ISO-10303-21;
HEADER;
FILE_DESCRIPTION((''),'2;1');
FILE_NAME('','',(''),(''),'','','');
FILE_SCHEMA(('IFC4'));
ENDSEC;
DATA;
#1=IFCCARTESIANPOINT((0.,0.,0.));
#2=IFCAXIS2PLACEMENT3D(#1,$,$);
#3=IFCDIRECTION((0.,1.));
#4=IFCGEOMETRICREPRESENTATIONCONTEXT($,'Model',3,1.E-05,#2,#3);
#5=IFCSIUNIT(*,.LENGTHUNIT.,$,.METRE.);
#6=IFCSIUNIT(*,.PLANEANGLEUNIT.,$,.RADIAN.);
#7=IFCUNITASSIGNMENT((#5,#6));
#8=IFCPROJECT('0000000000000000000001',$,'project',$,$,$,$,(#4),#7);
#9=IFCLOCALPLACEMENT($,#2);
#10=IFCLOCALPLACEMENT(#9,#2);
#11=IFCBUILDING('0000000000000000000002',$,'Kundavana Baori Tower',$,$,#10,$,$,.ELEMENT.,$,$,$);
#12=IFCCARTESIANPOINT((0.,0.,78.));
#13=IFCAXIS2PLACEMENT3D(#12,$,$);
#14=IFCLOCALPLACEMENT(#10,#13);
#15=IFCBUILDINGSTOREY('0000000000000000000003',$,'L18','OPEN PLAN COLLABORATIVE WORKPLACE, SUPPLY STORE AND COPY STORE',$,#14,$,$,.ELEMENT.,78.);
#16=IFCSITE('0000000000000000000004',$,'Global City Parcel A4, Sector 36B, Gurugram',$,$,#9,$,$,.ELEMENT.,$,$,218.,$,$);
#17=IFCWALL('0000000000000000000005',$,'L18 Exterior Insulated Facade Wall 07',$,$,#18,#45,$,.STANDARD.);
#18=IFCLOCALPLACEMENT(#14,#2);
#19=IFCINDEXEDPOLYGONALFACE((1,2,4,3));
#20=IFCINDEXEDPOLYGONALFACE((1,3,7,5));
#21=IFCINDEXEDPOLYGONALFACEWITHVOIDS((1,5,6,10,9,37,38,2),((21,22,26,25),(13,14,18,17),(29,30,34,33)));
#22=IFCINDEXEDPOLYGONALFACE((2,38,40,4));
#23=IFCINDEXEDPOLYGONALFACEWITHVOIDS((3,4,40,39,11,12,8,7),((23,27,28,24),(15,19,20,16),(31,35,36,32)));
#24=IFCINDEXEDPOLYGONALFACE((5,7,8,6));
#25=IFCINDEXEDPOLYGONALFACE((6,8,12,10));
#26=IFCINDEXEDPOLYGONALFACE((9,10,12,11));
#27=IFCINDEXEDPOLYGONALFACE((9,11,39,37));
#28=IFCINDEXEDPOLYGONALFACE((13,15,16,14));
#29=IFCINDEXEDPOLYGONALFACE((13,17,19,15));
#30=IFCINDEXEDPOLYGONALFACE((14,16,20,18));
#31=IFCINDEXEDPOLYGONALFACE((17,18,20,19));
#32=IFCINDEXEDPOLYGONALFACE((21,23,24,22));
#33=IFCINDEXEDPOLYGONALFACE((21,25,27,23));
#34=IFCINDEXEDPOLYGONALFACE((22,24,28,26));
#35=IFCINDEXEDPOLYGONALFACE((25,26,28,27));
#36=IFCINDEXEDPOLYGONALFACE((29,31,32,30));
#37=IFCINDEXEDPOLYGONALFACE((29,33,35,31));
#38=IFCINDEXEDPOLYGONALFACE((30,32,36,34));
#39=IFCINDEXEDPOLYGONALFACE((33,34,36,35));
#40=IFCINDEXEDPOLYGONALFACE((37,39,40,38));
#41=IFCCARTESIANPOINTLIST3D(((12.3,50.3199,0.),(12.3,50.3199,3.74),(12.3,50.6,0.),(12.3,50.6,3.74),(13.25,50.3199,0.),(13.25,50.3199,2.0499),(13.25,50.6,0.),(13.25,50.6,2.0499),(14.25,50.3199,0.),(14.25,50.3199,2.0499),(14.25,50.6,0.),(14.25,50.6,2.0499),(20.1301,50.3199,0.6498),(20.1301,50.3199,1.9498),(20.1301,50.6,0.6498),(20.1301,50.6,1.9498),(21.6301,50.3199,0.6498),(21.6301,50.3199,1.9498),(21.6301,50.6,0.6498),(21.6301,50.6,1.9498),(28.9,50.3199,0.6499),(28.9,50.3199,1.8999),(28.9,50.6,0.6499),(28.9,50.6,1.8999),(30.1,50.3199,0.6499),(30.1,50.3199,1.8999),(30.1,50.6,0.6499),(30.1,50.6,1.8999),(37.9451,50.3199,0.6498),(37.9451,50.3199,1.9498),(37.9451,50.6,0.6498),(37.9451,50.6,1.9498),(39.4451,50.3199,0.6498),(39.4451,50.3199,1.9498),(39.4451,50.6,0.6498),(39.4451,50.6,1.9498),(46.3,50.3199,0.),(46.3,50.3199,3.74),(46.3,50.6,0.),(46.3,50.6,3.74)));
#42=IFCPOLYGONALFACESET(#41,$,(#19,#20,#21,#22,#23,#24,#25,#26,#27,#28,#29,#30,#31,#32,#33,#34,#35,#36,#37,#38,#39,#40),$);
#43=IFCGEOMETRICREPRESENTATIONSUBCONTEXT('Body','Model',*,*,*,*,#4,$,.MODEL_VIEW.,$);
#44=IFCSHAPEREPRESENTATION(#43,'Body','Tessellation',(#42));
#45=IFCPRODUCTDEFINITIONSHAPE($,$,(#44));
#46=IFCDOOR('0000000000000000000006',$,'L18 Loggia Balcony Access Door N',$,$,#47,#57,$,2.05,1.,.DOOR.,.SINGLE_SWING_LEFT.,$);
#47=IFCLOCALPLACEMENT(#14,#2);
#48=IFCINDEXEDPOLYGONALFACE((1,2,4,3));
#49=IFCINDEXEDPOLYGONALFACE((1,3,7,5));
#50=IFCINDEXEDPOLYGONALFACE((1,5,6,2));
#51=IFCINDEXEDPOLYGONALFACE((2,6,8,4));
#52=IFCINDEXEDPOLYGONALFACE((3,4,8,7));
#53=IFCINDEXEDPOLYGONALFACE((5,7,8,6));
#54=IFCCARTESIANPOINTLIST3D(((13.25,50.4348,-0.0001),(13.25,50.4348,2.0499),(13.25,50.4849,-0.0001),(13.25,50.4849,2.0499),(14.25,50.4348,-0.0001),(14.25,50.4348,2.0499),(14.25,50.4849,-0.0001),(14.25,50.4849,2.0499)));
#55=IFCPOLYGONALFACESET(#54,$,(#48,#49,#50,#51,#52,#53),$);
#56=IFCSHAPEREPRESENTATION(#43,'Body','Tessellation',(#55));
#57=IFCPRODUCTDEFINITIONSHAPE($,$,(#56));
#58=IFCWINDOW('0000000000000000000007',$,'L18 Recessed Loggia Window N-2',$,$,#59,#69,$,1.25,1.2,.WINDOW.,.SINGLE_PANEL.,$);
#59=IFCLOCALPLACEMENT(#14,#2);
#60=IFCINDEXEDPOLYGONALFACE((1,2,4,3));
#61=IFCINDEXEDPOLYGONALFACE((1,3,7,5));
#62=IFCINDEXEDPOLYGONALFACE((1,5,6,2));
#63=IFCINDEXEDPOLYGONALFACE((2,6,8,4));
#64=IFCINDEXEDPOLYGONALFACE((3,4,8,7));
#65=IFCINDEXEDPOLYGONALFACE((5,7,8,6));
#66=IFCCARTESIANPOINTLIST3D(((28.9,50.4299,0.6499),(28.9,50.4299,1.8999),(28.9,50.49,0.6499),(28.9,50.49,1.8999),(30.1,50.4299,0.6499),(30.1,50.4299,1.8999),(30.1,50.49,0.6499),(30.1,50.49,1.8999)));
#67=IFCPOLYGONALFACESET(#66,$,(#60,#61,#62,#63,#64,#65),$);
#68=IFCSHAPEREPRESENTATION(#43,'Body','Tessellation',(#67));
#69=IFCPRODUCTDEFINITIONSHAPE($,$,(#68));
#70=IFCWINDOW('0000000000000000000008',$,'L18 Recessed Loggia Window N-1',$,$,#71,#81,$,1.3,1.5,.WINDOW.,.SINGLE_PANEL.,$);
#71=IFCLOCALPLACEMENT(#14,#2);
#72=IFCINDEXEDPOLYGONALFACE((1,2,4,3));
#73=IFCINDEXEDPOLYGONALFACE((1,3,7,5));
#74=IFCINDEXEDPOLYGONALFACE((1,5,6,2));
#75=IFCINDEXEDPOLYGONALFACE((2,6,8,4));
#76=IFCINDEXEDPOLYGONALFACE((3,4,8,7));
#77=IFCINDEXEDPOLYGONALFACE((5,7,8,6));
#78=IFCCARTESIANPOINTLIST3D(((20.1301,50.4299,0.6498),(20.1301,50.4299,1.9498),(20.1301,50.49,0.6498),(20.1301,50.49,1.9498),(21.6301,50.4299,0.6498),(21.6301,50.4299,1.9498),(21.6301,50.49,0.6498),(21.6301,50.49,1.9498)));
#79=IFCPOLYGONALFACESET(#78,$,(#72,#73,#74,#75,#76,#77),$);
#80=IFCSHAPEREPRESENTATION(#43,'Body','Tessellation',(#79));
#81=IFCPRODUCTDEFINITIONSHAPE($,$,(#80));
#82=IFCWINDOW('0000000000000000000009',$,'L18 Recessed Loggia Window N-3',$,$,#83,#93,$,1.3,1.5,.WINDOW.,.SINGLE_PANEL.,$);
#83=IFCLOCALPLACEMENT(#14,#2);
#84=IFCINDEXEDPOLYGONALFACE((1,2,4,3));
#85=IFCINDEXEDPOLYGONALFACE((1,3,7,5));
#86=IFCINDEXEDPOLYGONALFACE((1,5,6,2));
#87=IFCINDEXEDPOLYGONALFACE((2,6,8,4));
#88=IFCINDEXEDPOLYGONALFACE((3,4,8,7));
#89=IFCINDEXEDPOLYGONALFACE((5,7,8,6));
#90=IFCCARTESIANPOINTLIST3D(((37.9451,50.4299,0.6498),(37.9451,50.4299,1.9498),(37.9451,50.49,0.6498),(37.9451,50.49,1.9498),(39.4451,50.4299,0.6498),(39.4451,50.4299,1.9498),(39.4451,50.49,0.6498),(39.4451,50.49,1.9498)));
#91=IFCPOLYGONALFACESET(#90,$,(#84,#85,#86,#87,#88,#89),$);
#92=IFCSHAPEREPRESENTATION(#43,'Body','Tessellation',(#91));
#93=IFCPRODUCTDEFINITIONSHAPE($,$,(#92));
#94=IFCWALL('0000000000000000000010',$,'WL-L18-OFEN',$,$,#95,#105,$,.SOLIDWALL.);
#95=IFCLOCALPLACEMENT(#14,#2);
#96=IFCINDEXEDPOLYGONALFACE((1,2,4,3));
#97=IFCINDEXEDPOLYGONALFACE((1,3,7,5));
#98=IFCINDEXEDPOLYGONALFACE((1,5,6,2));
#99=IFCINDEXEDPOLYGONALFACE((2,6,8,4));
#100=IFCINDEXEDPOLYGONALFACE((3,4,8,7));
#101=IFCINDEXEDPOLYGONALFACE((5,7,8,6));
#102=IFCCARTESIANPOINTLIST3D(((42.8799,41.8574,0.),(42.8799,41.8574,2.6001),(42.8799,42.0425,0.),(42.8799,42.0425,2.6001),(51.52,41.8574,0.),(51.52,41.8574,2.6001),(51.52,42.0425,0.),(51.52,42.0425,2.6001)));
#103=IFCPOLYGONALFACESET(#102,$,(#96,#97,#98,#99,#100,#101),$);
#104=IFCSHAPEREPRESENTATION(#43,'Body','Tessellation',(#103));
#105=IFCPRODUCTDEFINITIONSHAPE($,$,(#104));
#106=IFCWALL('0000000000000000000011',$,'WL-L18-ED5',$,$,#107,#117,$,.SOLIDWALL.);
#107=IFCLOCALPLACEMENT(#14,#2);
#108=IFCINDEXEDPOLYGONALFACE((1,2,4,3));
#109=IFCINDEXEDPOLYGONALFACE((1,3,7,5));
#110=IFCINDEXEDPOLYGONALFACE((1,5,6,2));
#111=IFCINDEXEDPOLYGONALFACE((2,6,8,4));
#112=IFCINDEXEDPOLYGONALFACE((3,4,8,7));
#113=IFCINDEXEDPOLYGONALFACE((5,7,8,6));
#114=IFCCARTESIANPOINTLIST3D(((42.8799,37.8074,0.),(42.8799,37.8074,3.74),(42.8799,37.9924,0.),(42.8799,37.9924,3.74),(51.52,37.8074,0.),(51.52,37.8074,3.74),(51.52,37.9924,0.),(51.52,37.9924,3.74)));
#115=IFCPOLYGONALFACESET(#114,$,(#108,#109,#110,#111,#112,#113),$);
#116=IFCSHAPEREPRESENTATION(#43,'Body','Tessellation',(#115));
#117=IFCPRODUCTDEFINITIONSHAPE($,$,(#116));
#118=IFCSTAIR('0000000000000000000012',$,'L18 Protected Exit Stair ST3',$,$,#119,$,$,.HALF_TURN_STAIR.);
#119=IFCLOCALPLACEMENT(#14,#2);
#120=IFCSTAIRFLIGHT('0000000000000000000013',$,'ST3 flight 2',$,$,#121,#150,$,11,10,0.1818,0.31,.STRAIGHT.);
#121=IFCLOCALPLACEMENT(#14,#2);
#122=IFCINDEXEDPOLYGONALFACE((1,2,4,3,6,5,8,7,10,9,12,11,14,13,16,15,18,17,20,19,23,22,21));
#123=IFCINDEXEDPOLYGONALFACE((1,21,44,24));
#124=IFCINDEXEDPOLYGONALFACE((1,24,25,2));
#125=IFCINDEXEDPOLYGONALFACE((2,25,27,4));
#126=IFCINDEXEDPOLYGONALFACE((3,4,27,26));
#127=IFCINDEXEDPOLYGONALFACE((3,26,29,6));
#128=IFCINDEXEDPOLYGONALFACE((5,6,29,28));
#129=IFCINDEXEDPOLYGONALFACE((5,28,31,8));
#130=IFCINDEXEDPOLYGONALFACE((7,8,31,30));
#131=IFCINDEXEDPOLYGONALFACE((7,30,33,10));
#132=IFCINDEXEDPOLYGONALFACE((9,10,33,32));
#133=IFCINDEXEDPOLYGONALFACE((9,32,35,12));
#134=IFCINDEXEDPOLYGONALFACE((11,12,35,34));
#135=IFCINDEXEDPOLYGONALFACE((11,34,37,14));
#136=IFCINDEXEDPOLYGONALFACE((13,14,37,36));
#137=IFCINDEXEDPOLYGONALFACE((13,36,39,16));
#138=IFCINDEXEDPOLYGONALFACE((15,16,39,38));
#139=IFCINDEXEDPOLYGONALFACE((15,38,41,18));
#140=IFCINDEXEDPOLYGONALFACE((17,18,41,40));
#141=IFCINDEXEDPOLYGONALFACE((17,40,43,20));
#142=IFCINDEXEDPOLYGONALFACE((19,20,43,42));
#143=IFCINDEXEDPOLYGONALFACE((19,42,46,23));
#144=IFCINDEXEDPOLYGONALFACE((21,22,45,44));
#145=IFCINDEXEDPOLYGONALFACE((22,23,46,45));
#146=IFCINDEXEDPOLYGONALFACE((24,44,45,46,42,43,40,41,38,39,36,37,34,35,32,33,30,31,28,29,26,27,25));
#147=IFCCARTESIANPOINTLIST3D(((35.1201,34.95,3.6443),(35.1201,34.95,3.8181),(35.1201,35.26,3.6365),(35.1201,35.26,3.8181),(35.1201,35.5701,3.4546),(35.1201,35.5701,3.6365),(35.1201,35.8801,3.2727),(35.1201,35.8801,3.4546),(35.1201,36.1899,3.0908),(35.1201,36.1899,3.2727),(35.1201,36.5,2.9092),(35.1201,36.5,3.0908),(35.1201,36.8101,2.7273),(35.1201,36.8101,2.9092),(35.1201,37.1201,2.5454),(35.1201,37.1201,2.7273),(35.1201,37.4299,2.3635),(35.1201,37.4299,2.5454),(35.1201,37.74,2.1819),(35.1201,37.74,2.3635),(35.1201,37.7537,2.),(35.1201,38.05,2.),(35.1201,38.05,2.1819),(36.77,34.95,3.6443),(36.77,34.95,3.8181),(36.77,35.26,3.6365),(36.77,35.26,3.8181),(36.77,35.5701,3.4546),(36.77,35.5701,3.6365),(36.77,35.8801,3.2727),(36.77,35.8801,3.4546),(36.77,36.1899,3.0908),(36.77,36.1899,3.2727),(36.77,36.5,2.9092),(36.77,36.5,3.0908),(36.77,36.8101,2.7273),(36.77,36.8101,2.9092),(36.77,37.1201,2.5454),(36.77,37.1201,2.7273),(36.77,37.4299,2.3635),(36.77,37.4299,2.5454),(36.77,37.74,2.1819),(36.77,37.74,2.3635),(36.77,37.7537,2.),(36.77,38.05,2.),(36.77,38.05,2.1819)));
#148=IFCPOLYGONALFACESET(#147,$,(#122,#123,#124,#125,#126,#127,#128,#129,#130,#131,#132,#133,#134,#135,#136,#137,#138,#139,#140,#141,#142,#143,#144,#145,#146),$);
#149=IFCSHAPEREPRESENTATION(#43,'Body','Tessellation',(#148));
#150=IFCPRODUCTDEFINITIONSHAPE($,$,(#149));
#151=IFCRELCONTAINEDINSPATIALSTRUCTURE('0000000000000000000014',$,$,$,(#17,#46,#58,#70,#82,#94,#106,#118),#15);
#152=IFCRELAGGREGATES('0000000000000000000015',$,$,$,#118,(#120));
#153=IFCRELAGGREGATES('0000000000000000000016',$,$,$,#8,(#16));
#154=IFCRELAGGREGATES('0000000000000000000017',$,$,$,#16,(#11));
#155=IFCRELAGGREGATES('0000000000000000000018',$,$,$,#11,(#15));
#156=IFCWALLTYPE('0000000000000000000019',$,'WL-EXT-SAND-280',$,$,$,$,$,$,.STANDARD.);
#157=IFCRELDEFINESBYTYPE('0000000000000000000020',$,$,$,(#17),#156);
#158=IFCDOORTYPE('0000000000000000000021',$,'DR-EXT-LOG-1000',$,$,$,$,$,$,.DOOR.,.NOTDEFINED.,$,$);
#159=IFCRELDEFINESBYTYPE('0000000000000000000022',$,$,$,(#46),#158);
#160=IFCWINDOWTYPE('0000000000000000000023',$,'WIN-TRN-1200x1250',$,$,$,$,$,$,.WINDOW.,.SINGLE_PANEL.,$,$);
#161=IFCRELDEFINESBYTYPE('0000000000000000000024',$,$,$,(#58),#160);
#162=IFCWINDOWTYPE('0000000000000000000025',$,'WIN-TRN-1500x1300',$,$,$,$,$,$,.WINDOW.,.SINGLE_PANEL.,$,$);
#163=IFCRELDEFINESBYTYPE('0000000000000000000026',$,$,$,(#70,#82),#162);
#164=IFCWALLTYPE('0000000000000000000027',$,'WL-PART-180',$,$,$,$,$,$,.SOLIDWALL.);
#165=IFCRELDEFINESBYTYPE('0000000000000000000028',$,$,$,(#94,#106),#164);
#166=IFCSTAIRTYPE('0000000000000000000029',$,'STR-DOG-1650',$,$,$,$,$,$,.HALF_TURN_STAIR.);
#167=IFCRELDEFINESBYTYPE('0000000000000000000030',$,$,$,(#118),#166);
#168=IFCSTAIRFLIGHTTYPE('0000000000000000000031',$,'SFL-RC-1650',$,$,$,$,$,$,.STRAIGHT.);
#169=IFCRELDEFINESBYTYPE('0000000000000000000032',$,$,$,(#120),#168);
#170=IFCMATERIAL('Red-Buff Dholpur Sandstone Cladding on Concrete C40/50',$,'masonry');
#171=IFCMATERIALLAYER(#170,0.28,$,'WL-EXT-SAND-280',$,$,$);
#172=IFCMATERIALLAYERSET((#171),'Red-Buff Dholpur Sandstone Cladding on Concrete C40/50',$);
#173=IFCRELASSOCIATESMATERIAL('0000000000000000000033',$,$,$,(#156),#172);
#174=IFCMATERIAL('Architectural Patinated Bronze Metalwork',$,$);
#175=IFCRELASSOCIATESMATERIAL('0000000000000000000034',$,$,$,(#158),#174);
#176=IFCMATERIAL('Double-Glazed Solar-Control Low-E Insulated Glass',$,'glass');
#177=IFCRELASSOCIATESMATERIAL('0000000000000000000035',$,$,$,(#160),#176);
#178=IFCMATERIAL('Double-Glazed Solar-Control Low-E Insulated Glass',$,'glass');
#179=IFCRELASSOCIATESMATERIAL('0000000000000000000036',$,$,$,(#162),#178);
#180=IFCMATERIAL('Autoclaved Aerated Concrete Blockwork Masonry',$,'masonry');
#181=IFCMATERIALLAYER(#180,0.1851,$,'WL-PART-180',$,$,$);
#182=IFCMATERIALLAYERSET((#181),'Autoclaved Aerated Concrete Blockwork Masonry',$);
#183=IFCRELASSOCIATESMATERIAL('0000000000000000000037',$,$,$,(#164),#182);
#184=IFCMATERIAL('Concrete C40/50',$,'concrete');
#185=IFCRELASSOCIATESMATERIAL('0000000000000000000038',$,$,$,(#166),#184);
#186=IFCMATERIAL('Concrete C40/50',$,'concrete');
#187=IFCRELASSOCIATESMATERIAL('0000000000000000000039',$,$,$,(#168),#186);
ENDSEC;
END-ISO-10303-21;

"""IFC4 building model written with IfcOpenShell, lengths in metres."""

from ifc_helpers import new_model, si_unit, direction, frame, frame_2d, origin, place, context, subcontext, project, spatial, polyline, rectangle, outline, extrude, material, layer, layer_set, type_object, element, fill, aggregate, save


model = new_model("IFC4")

# Units and contexts
model_context = context("Model", 3, precision=1e-05, world=origin(), true_north=direction((0.0, 1.0)))
body_context = subcontext(model_context, "Body", "Model", "MODEL_VIEW")
ifc_project = project(units=[si_unit("LENGTHUNIT", "METRE"), si_unit("PLANEANGLEUNIT", "RADIAN")], contexts=[model_context])

# Site, building, storey
site_placement = place(None, origin())
site = spatial("IfcSite", under=ifc_project, at=site_placement, Name="Global City Parcel A4, Sector 36B, Gurugram", CompositionType="ELEMENT", RefElevation=218.0)
building_placement = place(site_placement, origin())
building = spatial("IfcBuilding", under=site, at=building_placement, Name="Kundavana Baori Tower", CompositionType="ELEMENT")
storey_placement = place(building_placement, frame((0.0, 0.0, 78.0)))
storey = spatial("IfcBuildingStorey", under=building, at=storey_placement, Name="L18", Description="OPEN PLAN COLLABORATIVE WORKPLACE, SUPPLY STORE AND COPY STORE", CompositionType="ELEMENT", Elevation=78.0)

# Shared definitions
ifc_material_1 = material(Name="Red-Buff Dholpur Sandstone Cladding on Concrete C40/50", Category="masonry")
ifc_layer_1 = layer(ifc_material_1, 0.28, Name="WL-EXT-SAND-280")
ifc_layer_set_1 = layer_set([ifc_layer_1], Name="Red-Buff Dholpur Sandstone Cladding on Concrete C40/50")
wall_type_1 = type_object("IfcWallType", Name="WL-EXT-SAND-280", PredefinedType="STANDARD", material=ifc_layer_set_1)

# Wall, openings, door, windows
wall_1_placement = place(storey_placement, frame((46.3, 50.46, 0.0), z_axis=(0.0, 0.0, 1.0), x_axis=(-1.0, 0.0, 0.0)))
wall_1 = element("IfcWall", 1, at=wall_1_placement, inside=storey, type_object=wall_type_1, Name="L18 Exterior Insulated Facade Wall 07", PredefinedType="STANDARD", context=body_context, shape_type="SweptSolid", body=[
    extrude(rectangle(XDim=34.0, YDim=0.28, at=frame_2d((17.0, 0.0))), origin(), (0.0, 0.0, 1.0), 3.74),
])
opening_1_placement = place(wall_1_placement, frame((32.05, 0.0, 0.0)))
opening_1 = element("IfcOpeningElement", 2, at=opening_1_placement, cuts=wall_1, PredefinedType="OPENING", context=body_context, shape_type="SweptSolid", body=[
    extrude(rectangle(XDim=1.0, YDim=2.05, at=frame_2d((0.5, 1.0249))), frame((0.0, 0.1499, 0.0), z_axis=(0.0, -1.0, 0.0), x_axis=(1.0, 0.0, 0.0)), (0.0, 0.0, 1.0), 0.3),
])
opening_2_placement = place(wall_1_placement, frame((24.6699, 0.0, 0.6499)))
opening_2 = element("IfcOpeningElement", 3, at=opening_2_placement, cuts=wall_1, PredefinedType="OPENING", context=body_context, shape_type="SweptSolid", body=[
    extrude(rectangle(XDim=1.5, YDim=1.3, at=frame_2d((0.75, 0.6499))), frame((0.0, 0.1499, 0.0), z_axis=(0.0, -1.0, 0.0), x_axis=(1.0, 0.0, 0.0)), (0.0, 0.0, 1.0), 0.3),
])
opening_3_placement = place(wall_1_placement, frame((16.2, 0.0, 0.6499)))
opening_3 = element("IfcOpeningElement", 4, at=opening_3_placement, cuts=wall_1, PredefinedType="OPENING", context=body_context, shape_type="SweptSolid", body=[
    extrude(rectangle(XDim=1.2, YDim=1.25, at=frame_2d((0.6001, 0.625))), frame((0.0, 0.1499, 0.0), z_axis=(0.0, -1.0, 0.0), x_axis=(1.0, 0.0, 0.0)), (0.0, 0.0, 1.0), 0.3),
])
opening_4_placement = place(wall_1_placement, frame((6.855, 0.0, 0.6499)))
opening_4 = element("IfcOpeningElement", 5, at=opening_4_placement, cuts=wall_1, PredefinedType="OPENING", context=body_context, shape_type="SweptSolid", body=[
    extrude(rectangle(XDim=1.5, YDim=1.3, at=frame_2d((0.75, 0.6499))), frame((0.0, 0.1499, 0.0), z_axis=(0.0, -1.0, 0.0), x_axis=(1.0, 0.0, 0.0)), (0.0, 0.0, 1.0), 0.3),
])
ifc_material_2 = material(Name="Architectural Patinated Bronze Metalwork")
door_type = type_object("IfcDoorType", Name="DR-EXT-LOG-1000", OperationType="NOTDEFINED", PredefinedType="DOOR", material=ifc_material_2)
door_placement = place(opening_1_placement, frame((1.0, 0.0, 0.0), z_axis=(0.0, 0.0, 1.0), x_axis=(-1.0, 0.0, 0.0)))
door = element("IfcDoor", 6, at=door_placement, inside=storey, type_object=door_type, Name="L18 Loggia Balcony Access Door N", OperationType="SINGLE_SWING_LEFT", OverallHeight=2.05, OverallWidth=1.0, PredefinedType="DOOR", context=body_context, shape_type="SweptSolid", body=[
    extrude(rectangle(XDim=1.0, YDim=2.05, at=frame_2d((0.5, 1.0249))), frame((0.0, 0.0249, 0.0), z_axis=(0.0, -1.0, 0.0), x_axis=(1.0, 0.0, 0.0)), (0.0, 0.0, 1.0), 0.05),
])
fill(opening_1, door)
ifc_material_3 = material(Name="Double-Glazed Solar-Control Low-E Insulated Glass", Category="glass")
window_type_1 = type_object("IfcWindowType", Name="WIN-TRN-1200x1250", PartitioningType="SINGLE_PANEL", PredefinedType="WINDOW", material=ifc_material_3)
window_1_placement = place(opening_3_placement, origin())
window_1 = element("IfcWindow", 7, at=window_1_placement, inside=storey, type_object=window_type_1, Name="L18 Recessed Loggia Window N-2", OverallHeight=1.25, OverallWidth=1.2, PartitioningType="SINGLE_PANEL", PredefinedType="WINDOW", context=body_context, shape_type="SweptSolid", body=[
    extrude(rectangle(XDim=1.2, YDim=1.25, at=frame_2d((0.6001, 0.625))), frame((0.0, 0.03, 0.0), z_axis=(0.0, -1.0, 0.0), x_axis=(1.0, 0.0, 0.0)), (0.0, 0.0, 1.0), 0.0601),
])
fill(opening_3, window_1)
ifc_material_4 = material(Name="Double-Glazed Solar-Control Low-E Insulated Glass", Category="glass")
window_type_2 = type_object("IfcWindowType", Name="WIN-TRN-1500x1300", PartitioningType="SINGLE_PANEL", PredefinedType="WINDOW", material=ifc_material_4)
window_2_placement = place(opening_2_placement, origin())
window_2 = element("IfcWindow", 8, at=window_2_placement, inside=storey, type_object=window_type_2, Name="L18 Recessed Loggia Window N-1", OverallHeight=1.3, OverallWidth=1.5, PartitioningType="SINGLE_PANEL", PredefinedType="WINDOW", context=body_context, shape_type="SweptSolid", body=[
    extrude(rectangle(XDim=1.5, YDim=1.3, at=frame_2d((0.75, 0.6499))), frame((0.0, 0.03, 0.0), z_axis=(0.0, -1.0, 0.0), x_axis=(1.0, 0.0, 0.0)), (0.0, 0.0, 1.0), 0.0601),
])
fill(opening_2, window_2)
window_3_placement = place(opening_4_placement, origin())
window_3 = element("IfcWindow", 9, at=window_3_placement, inside=storey, type_object=window_type_2, Name="L18 Recessed Loggia Window N-3", OverallHeight=1.3, OverallWidth=1.5, PartitioningType="SINGLE_PANEL", PredefinedType="WINDOW", context=body_context, shape_type="SweptSolid", body=[
    extrude(rectangle(XDim=1.5, YDim=1.3, at=frame_2d((0.75, 0.6499))), frame((0.0, 0.03, 0.0), z_axis=(0.0, -1.0, 0.0), x_axis=(1.0, 0.0, 0.0)), (0.0, 0.0, 1.0), 0.0601),
])
fill(opening_4, window_3)

# Walls
ifc_material_5 = material(Name="Autoclaved Aerated Concrete Blockwork Masonry", Category="masonry")
ifc_layer_2 = layer(ifc_material_5, 0.1851, Name="WL-PART-180")
ifc_layer_set_2 = layer_set([ifc_layer_2], Name="Autoclaved Aerated Concrete Blockwork Masonry")
wall_type_2 = type_object("IfcWallType", Name="WL-PART-180", PredefinedType="SOLIDWALL", material=ifc_layer_set_2)
wall_2_placement = place(storey_placement, frame((42.8799, 41.95, 0.0), z_axis=(0.0, 0.0, 1.0), x_axis=(1.0, 0.0, 0.0)))
element("IfcWall", 10, at=wall_2_placement, inside=storey, type_object=wall_type_2, Name="WL-L18-OFEN", PredefinedType="SOLIDWALL", context=body_context, shape_type="SweptSolid", body=[
    extrude(rectangle(XDim=8.6401, YDim=0.1851, at=frame_2d((4.3201, 0.0))), origin(), (0.0, 0.0, 1.0), 2.6001),
])
wall_3_placement = place(storey_placement, frame((42.8799, 37.8999, 0.0), z_axis=(0.0, 0.0, 1.0), x_axis=(1.0, 0.0, 0.0)))
element("IfcWall", 11, at=wall_3_placement, inside=storey, type_object=wall_type_2, Name="WL-L18-ED5", PredefinedType="SOLIDWALL", context=body_context, shape_type="SweptSolid", body=[
    extrude(rectangle(XDim=8.6401, YDim=0.1851, at=frame_2d((4.3201, 0.0))), origin(), (0.0, 0.0, 1.0), 3.74),
])

# Stair, stair flight
ifc_material_6 = material(Name="Concrete C40/50", Category="concrete")
stair_type = type_object("IfcStairType", Name="STR-DOG-1650", PredefinedType="HALF_TURN_STAIR", material=ifc_material_6)
stair_placement = place(storey_placement, origin())
stair = element("IfcStair", 12, at=stair_placement, inside=storey, type_object=stair_type, Name="L18 Protected Exit Stair ST3", PredefinedType="HALF_TURN_STAIR")
ifc_material_7 = material(Name="Concrete C40/50", Category="concrete")
stair_flight_type = type_object("IfcStairFlightType", Name="SFL-RC-1650", PredefinedType="STRAIGHT", material=ifc_material_7)
stair_flight_placement = place(storey_placement, frame((35.9451, 38.05, 2.0), z_axis=(0.0, 0.0, 1.0), x_axis=(0.0, -1.0, 0.0)))
stair_flight = element("IfcStairFlight", 13, at=stair_flight_placement, type_object=stair_flight_type, Name="ST3 flight 2", NumberOfRisers=11, NumberOfTreads=10, PredefinedType="STRAIGHT", RiserHeight=0.1818, TreadLength=0.31, context=body_context, shape_type="SweptSolid", body=[
    extrude(outline(polyline([(0.0, 0.0), (0.0, 0.1819), (0.3101, 0.1819), (0.3101, 0.3635), (0.6201, 0.3635), (0.6201, 0.5454), (0.9299, 0.5454), (0.9299, 0.7273), (1.24, 0.7273), (1.24, 0.9092), (1.55, 0.9092), (1.55, 1.0908), (1.8601, 1.0908), (1.8601, 1.2727), (2.1699, 1.2727), (2.1699, 1.4546), (2.48, 1.4546), (2.48, 1.6365), (2.79, 1.6365), (2.79, 1.8181), (3.1001, 1.8181), (3.1001, 2.0), (3.1001, 1.6443), (0.2964, 0.0), (0.0, 0.0)])), frame((0.0, 0.825, 0.0), z_axis=(0.0, -1.0, 0.0), x_axis=(1.0, 0.0, 0.0)), (0.0, 0.0, 1.0), 1.6499),
])
aggregate(stair, [stair_flight])

save(model, "model.ifc")
